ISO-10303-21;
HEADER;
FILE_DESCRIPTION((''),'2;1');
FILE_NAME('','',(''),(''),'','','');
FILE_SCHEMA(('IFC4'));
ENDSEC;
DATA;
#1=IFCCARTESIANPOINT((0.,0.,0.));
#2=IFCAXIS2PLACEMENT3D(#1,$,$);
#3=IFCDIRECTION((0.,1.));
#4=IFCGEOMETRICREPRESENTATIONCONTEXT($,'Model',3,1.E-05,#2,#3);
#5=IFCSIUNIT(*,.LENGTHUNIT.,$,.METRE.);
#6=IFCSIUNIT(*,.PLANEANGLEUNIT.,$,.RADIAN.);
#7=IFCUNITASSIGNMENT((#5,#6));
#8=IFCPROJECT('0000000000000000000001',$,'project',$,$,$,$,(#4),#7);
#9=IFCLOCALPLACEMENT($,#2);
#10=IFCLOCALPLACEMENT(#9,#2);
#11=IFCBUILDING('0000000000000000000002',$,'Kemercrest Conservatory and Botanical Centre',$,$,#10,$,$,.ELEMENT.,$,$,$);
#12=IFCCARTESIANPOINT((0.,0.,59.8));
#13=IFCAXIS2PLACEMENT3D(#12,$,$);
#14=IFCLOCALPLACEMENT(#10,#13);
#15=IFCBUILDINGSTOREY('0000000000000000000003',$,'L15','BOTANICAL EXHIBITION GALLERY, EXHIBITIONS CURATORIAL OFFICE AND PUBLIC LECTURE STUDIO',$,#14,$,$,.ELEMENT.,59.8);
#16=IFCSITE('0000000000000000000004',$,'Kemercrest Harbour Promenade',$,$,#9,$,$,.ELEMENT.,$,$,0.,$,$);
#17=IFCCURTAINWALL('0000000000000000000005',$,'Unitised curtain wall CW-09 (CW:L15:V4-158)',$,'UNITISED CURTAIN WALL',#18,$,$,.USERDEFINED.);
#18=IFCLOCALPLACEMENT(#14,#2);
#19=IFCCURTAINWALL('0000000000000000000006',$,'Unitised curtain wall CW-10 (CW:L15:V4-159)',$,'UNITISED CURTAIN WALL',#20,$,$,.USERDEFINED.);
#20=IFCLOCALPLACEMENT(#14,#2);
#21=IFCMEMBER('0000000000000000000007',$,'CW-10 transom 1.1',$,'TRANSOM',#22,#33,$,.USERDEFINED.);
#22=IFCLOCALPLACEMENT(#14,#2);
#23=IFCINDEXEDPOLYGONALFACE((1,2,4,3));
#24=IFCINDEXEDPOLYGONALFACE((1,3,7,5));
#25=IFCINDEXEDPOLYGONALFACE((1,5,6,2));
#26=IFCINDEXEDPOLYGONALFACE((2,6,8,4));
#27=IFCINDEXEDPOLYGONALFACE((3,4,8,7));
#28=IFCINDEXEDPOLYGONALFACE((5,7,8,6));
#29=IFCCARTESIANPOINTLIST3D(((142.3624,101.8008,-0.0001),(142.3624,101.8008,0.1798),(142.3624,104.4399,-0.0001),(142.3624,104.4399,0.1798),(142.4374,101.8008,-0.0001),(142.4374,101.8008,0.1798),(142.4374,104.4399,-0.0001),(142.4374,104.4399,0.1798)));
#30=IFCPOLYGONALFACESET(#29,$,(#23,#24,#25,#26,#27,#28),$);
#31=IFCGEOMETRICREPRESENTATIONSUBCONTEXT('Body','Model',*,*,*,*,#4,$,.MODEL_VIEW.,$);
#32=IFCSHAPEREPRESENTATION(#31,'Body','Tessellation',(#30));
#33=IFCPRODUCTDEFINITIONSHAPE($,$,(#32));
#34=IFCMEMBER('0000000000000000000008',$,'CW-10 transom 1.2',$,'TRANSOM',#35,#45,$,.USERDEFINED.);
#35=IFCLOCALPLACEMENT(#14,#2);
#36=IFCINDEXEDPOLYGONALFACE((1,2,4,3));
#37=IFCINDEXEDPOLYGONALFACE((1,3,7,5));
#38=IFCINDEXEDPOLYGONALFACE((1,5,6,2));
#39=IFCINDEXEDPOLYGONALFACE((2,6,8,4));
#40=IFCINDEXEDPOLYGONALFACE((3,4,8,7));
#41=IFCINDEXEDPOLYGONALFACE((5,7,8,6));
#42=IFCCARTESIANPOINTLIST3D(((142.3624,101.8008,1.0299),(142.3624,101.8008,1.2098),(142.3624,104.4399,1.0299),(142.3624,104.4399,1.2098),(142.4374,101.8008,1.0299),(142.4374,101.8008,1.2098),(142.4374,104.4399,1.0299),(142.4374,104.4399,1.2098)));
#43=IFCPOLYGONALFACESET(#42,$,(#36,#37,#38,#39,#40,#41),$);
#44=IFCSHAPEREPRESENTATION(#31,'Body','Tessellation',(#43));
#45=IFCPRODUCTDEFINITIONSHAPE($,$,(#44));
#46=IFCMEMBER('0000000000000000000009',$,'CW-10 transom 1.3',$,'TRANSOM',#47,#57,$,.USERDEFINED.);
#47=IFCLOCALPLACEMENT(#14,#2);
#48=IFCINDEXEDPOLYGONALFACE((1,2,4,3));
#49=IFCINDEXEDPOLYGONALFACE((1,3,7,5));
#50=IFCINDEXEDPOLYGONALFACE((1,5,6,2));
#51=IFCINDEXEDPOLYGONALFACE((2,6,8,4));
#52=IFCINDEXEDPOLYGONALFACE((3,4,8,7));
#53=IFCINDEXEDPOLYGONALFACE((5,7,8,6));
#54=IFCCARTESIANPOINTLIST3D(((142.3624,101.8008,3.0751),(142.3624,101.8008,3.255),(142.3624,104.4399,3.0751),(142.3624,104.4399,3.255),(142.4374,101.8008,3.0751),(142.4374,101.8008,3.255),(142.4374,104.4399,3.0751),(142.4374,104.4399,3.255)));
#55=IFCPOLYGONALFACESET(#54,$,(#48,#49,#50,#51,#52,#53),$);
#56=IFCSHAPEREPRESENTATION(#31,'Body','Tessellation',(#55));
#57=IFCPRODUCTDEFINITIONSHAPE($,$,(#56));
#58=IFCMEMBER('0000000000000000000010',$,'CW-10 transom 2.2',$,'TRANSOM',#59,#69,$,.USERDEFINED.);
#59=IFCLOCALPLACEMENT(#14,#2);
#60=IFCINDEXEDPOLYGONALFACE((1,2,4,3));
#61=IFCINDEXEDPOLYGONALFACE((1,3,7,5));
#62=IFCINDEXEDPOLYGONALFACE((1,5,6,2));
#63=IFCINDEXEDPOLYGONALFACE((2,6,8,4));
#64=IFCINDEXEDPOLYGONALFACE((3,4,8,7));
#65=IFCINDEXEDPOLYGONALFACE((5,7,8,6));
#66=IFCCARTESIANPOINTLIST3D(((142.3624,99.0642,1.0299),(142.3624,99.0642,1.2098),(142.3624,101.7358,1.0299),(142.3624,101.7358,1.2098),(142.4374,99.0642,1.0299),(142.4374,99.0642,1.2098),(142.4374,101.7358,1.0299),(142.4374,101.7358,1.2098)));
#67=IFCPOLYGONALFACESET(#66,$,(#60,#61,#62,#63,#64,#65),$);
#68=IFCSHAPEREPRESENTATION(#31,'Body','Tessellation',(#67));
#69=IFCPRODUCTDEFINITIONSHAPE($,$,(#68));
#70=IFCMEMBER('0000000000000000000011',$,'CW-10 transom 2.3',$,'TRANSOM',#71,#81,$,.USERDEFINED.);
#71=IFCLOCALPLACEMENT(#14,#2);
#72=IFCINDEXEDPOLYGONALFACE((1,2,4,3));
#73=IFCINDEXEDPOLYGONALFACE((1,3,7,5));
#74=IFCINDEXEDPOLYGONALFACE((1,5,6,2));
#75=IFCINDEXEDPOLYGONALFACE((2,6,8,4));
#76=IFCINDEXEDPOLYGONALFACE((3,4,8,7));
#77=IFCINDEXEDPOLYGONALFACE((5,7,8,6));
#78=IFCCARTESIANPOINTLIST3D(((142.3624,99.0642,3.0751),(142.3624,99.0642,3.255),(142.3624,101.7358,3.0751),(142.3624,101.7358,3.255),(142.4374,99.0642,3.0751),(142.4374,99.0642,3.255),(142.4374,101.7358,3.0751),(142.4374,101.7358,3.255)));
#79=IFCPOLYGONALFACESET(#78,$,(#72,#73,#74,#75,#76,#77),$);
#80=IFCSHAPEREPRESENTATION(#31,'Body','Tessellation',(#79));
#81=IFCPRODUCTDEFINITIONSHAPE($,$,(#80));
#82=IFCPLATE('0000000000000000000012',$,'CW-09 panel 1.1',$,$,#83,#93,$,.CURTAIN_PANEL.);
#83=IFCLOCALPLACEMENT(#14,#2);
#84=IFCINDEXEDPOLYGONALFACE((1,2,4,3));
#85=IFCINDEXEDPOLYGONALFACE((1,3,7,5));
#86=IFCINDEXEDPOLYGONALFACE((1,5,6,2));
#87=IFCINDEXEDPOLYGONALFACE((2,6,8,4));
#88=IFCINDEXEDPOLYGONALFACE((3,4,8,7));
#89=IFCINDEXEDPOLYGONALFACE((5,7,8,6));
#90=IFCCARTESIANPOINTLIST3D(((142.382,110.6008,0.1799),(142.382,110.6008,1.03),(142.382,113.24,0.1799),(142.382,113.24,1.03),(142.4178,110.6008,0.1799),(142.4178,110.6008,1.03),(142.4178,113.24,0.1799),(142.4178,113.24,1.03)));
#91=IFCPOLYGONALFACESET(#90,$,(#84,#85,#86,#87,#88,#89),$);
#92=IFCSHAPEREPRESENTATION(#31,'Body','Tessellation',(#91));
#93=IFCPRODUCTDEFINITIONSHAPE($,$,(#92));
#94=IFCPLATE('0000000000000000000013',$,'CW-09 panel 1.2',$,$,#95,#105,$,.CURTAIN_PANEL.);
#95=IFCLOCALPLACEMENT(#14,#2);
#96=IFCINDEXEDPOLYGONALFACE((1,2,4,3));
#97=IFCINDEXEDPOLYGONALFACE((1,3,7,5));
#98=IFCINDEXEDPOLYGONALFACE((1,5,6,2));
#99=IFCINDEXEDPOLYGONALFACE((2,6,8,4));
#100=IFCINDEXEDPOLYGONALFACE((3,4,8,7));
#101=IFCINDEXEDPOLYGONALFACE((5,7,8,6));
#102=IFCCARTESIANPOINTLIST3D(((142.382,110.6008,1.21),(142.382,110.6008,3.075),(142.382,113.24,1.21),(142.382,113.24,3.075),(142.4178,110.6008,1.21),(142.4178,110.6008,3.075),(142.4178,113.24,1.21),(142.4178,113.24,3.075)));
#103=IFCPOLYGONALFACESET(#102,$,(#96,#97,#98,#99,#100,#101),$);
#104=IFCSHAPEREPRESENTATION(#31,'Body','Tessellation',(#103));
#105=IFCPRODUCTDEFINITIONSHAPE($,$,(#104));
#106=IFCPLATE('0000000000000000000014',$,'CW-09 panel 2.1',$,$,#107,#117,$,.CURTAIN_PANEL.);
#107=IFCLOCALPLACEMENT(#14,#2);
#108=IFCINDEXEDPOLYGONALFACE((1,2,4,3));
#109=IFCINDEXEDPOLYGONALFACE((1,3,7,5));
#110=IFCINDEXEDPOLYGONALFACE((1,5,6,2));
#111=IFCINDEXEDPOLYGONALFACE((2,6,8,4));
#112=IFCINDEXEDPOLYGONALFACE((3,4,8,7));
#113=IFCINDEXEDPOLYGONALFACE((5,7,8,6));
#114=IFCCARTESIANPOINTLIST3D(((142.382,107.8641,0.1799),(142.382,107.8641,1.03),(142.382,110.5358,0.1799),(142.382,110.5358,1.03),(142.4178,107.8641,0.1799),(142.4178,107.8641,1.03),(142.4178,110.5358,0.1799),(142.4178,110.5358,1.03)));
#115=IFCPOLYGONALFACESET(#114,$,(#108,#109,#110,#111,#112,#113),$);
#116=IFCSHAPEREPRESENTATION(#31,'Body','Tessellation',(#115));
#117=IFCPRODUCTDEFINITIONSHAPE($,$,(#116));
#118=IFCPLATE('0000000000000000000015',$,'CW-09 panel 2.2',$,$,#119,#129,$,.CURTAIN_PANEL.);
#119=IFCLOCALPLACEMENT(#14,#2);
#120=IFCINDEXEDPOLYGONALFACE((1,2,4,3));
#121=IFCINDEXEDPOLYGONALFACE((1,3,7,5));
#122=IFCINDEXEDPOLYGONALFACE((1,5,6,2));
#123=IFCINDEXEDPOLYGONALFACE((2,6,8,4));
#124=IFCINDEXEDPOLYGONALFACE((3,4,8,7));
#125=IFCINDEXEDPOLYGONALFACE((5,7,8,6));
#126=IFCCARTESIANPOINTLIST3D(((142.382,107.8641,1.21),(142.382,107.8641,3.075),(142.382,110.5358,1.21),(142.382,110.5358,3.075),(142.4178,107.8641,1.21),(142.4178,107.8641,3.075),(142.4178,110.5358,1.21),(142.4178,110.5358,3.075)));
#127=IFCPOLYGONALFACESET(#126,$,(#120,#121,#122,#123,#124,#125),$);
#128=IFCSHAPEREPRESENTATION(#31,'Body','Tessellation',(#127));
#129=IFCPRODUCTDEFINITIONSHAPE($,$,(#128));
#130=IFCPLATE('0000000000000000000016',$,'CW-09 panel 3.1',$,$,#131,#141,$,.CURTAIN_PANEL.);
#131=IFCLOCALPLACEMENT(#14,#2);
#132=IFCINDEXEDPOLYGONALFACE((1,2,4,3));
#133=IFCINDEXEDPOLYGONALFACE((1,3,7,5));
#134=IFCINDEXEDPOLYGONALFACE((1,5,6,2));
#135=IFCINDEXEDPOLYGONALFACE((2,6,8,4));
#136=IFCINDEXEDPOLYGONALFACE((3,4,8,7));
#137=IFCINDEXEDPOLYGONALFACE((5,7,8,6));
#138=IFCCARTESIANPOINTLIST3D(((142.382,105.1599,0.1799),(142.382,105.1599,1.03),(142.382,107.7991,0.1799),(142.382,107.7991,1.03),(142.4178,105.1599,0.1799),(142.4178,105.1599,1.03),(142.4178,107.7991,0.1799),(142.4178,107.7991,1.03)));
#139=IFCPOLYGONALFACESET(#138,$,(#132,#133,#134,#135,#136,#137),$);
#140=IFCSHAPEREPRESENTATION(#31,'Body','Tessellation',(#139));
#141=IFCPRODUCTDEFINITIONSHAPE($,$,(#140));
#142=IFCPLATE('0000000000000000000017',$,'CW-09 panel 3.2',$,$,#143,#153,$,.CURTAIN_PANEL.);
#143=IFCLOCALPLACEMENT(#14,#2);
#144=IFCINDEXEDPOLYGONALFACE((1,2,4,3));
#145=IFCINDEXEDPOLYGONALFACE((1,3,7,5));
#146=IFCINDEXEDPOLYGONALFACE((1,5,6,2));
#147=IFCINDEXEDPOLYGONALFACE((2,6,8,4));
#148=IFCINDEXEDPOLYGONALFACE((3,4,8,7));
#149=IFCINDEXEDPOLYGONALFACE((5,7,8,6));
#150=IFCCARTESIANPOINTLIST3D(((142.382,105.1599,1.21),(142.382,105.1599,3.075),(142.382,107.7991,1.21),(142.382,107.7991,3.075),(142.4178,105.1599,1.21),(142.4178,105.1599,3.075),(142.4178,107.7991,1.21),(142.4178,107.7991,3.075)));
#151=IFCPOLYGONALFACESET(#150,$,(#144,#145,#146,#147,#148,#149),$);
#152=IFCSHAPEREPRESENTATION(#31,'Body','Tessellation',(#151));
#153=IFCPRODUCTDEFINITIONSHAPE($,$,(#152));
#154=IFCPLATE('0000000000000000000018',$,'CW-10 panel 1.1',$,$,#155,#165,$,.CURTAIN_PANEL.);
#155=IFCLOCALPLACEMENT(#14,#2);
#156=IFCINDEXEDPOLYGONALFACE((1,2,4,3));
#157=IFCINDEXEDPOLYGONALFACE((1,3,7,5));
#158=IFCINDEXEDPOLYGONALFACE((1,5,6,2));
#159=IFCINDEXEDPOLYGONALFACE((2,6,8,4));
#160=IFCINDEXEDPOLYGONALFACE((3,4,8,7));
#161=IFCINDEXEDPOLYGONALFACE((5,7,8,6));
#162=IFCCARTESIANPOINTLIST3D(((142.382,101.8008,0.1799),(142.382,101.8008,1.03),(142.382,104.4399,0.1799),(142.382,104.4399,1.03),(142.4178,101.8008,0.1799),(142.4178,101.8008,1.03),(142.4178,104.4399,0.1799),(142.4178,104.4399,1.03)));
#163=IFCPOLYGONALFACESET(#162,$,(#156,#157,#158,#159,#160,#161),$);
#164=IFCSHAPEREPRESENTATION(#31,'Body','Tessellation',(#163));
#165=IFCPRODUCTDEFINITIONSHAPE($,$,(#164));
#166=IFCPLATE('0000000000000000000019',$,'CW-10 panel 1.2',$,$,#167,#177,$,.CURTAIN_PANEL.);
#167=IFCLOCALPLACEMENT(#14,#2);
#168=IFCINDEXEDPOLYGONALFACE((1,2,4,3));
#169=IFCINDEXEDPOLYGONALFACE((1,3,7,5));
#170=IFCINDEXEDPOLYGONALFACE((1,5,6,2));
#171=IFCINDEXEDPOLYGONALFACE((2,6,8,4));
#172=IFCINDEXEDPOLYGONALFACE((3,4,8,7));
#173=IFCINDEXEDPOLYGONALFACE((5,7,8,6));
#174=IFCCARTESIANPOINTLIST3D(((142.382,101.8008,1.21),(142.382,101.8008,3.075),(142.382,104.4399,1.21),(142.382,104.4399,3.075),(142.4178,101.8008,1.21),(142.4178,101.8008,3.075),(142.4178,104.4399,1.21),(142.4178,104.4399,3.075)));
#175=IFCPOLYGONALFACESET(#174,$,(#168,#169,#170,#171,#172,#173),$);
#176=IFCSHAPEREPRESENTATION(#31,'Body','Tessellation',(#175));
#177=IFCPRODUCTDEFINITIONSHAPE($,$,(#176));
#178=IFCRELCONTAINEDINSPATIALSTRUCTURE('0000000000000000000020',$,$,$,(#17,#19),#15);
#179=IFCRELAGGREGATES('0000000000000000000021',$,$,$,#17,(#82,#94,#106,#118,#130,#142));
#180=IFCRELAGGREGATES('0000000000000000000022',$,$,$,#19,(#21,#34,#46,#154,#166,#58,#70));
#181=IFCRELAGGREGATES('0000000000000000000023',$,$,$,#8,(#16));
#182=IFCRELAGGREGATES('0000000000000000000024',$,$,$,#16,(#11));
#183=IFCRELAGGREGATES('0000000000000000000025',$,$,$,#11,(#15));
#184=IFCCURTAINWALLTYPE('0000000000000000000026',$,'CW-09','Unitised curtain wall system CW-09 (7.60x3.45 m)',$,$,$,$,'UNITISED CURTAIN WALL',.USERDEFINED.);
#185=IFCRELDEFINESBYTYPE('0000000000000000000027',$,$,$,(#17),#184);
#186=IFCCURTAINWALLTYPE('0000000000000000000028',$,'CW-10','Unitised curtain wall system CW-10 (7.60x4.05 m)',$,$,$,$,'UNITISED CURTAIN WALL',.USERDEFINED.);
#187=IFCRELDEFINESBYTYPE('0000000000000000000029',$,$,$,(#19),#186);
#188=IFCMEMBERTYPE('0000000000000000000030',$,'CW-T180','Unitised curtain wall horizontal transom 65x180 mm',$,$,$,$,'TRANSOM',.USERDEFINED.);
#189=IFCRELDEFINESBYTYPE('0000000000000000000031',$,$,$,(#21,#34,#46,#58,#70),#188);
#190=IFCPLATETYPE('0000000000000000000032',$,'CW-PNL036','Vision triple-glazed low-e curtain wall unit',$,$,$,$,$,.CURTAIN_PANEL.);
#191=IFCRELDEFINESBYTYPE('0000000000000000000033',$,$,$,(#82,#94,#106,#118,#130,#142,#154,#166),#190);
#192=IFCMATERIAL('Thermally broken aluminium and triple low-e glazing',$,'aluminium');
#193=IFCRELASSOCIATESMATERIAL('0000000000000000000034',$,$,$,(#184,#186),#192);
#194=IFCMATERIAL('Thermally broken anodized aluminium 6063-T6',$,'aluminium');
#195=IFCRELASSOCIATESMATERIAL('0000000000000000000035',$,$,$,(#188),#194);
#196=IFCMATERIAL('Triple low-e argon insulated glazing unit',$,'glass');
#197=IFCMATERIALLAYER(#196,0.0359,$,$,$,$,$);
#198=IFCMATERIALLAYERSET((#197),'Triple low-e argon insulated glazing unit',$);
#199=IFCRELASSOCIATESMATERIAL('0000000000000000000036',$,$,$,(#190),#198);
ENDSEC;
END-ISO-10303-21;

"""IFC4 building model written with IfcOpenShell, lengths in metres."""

from ifc_helpers import new_model, si_unit, direction, frame, origin, origin_2d, place, context, subcontext, project, spatial, rectangle, extrude, material, layer, layer_set, material_profile, profile_set, type_object, element, aggregate, save


model = new_model("IFC4")

# Units and contexts
model_context = context("Model", 3, precision=1e-05, world=origin(), true_north=direction((0.0, 1.0)))
body_context = subcontext(model_context, "Body", "Model", "MODEL_VIEW")
ifc_project = project(units=[si_unit("LENGTHUNIT", "METRE"), si_unit("PLANEANGLEUNIT", "RADIAN")], contexts=[model_context])

# Site, building, storey
site_placement = place(None, origin())
site = spatial("IfcSite", under=ifc_project, at=site_placement, Name="Kemercrest Harbour Promenade", CompositionType="ELEMENT", RefElevation=0.0)
building_placement = place(site_placement, origin())
building = spatial("IfcBuilding", under=site, at=building_placement, Name="Kemercrest Conservatory and Botanical Centre", CompositionType="ELEMENT")
storey_placement = place(building_placement, frame((0.0, 0.0, 59.8)))
storey = spatial("IfcBuildingStorey", under=building, at=storey_placement, Name="L15", Description="BOTANICAL EXHIBITION GALLERY, EXHIBITIONS CURATORIAL OFFICE AND PUBLIC LECTURE STUDIO", CompositionType="ELEMENT", Elevation=59.8)

# Curtain walls
ifc_material_1 = material(Name="Thermally broken aluminium and triple low-e glazing", Category="aluminium")
curtain_wall_type_1 = type_object("IfcCurtainWallType", Name="CW-09", Description="Unitised curtain wall system CW-09 (7.60x3.45 m)", ElementType="UNITISED CURTAIN WALL", PredefinedType="USERDEFINED", material=ifc_material_1)
curtain_wall_1_placement = place(storey_placement, origin())
curtain_wall_1 = element("IfcCurtainWall", 1, at=curtain_wall_1_placement, inside=storey, type_object=curtain_wall_type_1, Name="Unitised curtain wall CW-09 (CW:L15:V4-158)", ObjectType="UNITISED CURTAIN WALL", PredefinedType="USERDEFINED")
ifc_material_2 = material(Name="Thermally broken anodized aluminium 6063-T6", Category="aluminium")
curtain_wall_type_2 = type_object("IfcCurtainWallType", Name="CW-10", Description="Unitised curtain wall system CW-10 (7.60x4.05 m)", ElementType="UNITISED CURTAIN WALL", PredefinedType="USERDEFINED", material=ifc_material_1)
curtain_wall_2_placement = place(storey_placement, origin())
curtain_wall_2 = element("IfcCurtainWall", 2, at=curtain_wall_2_placement, inside=storey, type_object=curtain_wall_type_2, Name="Unitised curtain wall CW-10 (CW:L15:V4-159)", ObjectType="UNITISED CURTAIN WALL", PredefinedType="USERDEFINED")

# Members
ifc_material_profile_1 = material_profile(ifc_material_2, rectangle(XDim=0.075, YDim=0.1799, at=origin_2d()), Name="AL TRANSOM 75x180")
ifc_profile_set_1 = profile_set([ifc_material_profile_1], Name="Thermally broken anodized aluminium 6063-T6")
member_type_1 = type_object("IfcMemberType", Name="CW-T180", Description="Unitised curtain wall horizontal transom 65x180 mm", ElementType="TRANSOM", PredefinedType="USERDEFINED", material=ifc_profile_set_1)
member_1_placement = place(storey_placement, frame((142.3999, 104.4399, 0.0898), z_axis=(0.0, -1.0, 0.0), x_axis=(1.0, 0.0, 0.0)))
member_1 = element("IfcMember", 3, at=member_1_placement, type_object=member_type_1, Name="CW-10 transom 1.1", ObjectType="TRANSOM", PredefinedType="USERDEFINED", context=body_context, shape_type="SweptSolid", body=[
    extrude(rectangle(XDim=0.075, YDim=0.1799, at=origin_2d()), origin(), (0.0, 0.0, 1.0), 2.6392),
])
member_2_placement = place(storey_placement, frame((142.3999, 104.4399, 1.1199), z_axis=(0.0, -1.0, 0.0), x_axis=(1.0, 0.0, 0.0)))
member_2 = element("IfcMember", 4, at=member_2_placement, type_object=member_type_1, Name="CW-10 transom 1.2", ObjectType="TRANSOM", PredefinedType="USERDEFINED", context=body_context, shape_type="SweptSolid", body=[
    extrude(rectangle(XDim=0.075, YDim=0.1799, at=origin_2d()), origin(), (0.0, 0.0, 1.0), 2.6392),
])
member_3_placement = place(storey_placement, frame((142.3999, 104.4399, 3.165), z_axis=(0.0, -1.0, 0.0), x_axis=(1.0, 0.0, 0.0)))
member_3 = element("IfcMember", 5, at=member_3_placement, type_object=member_type_1, Name="CW-10 transom 1.3", ObjectType="TRANSOM", PredefinedType="USERDEFINED", context=body_context, shape_type="SweptSolid", body=[
    extrude(rectangle(XDim=0.075, YDim=0.1799, at=origin_2d()), origin(), (0.0, 0.0, 1.0), 2.6392),
])
member_4_placement = place(storey_placement, frame((142.3999, 101.7358, 1.1199), z_axis=(0.0, -1.0, 0.0), x_axis=(1.0, 0.0, 0.0)))
member_4 = element("IfcMember", 6, at=member_4_placement, type_object=member_type_1, Name="CW-10 transom 2.2", ObjectType="TRANSOM", PredefinedType="USERDEFINED", context=body_context, shape_type="SweptSolid", body=[
    extrude(rectangle(XDim=0.075, YDim=0.1799, at=origin_2d()), origin(), (0.0, 0.0, 1.0), 2.6716),
])
member_5_placement = place(storey_placement, frame((142.3999, 101.7358, 3.165), z_axis=(0.0, -1.0, 0.0), x_axis=(1.0, 0.0, 0.0)))
member_5 = element("IfcMember", 7, at=member_5_placement, type_object=member_type_1, Name="CW-10 transom 2.3", ObjectType="TRANSOM", PredefinedType="USERDEFINED", context=body_context, shape_type="SweptSolid", body=[
    extrude(rectangle(XDim=0.075, YDim=0.1799, at=origin_2d()), origin(), (0.0, 0.0, 1.0), 2.6716),
])

# Plates
ifc_material_3 = material(Name="Triple low-e argon insulated glazing unit", Category="glass")
ifc_layer_1 = layer(ifc_material_3, 0.0359)
ifc_layer_set_1 = layer_set([ifc_layer_1], Name="Triple low-e argon insulated glazing unit")
plate_type = type_object("IfcPlateType", Name="CW-PNL036", Description="Vision triple-glazed low-e curtain wall unit", PredefinedType="CURTAIN_PANEL", material=ifc_layer_set_1)
plate_1_placement = place(storey_placement, frame((142.3999, 111.9204, 0.1799), z_axis=(0.0, 0.0, 1.0), x_axis=(0.0, -1.0, 0.0)))
plate_1 = element("IfcPlate", 8, at=plate_1_placement, type_object=plate_type, Name="CW-09 panel 1.1", PredefinedType="CURTAIN_PANEL", context=body_context, shape_type="SweptSolid", body=[
    extrude(rectangle(XDim=2.6392, YDim=0.0359, at=origin_2d()), origin(), (0.0, 0.0, 1.0), 0.8501),
])
plate_2_placement = place(storey_placement, frame((142.3999, 111.9204, 1.21), z_axis=(0.0, 0.0, 1.0), x_axis=(0.0, -1.0, 0.0)))
plate_2 = element("IfcPlate", 9, at=plate_2_placement, type_object=plate_type, Name="CW-09 panel 1.2", PredefinedType="CURTAIN_PANEL", context=body_context, shape_type="SweptSolid", body=[
    extrude(rectangle(XDim=2.6392, YDim=0.0359, at=origin_2d()), origin(), (0.0, 0.0, 1.0), 1.865),
])
plate_3_placement = place(storey_placement, frame((142.3999, 109.2, 0.1799), z_axis=(0.0, 0.0, 1.0), x_axis=(0.0, -1.0, 0.0)))
plate_3 = element("IfcPlate", 10, at=plate_3_placement, type_object=plate_type, Name="CW-09 panel 2.1", PredefinedType="CURTAIN_PANEL", context=body_context, shape_type="SweptSolid", body=[
    extrude(rectangle(XDim=2.6716, YDim=0.0359, at=origin_2d()), origin(), (0.0, 0.0, 1.0), 0.8501),
])
plate_4_placement = place(storey_placement, frame((142.3999, 109.2, 1.21), z_axis=(0.0, 0.0, 1.0), x_axis=(0.0, -1.0, 0.0)))
plate_4 = element("IfcPlate", 11, at=plate_4_placement, type_object=plate_type, Name="CW-09 panel 2.2", PredefinedType="CURTAIN_PANEL", context=body_context, shape_type="SweptSolid", body=[
    extrude(rectangle(XDim=2.6716, YDim=0.0359, at=origin_2d()), origin(), (0.0, 0.0, 1.0), 1.865),
])
plate_5_placement = place(storey_placement, frame((142.3999, 106.4795, 0.1799), z_axis=(0.0, 0.0, 1.0), x_axis=(0.0, -1.0, 0.0)))
plate_5 = element("IfcPlate", 12, at=plate_5_placement, type_object=plate_type, Name="CW-09 panel 3.1", PredefinedType="CURTAIN_PANEL", context=body_context, shape_type="SweptSolid", body=[
    extrude(rectangle(XDim=2.6392, YDim=0.0359, at=origin_2d()), origin(), (0.0, 0.0, 1.0), 0.8501),
])
plate_6_placement = place(storey_placement, frame((142.3999, 106.4795, 1.21), z_axis=(0.0, 0.0, 1.0), x_axis=(0.0, -1.0, 0.0)))
plate_6 = element("IfcPlate", 13, at=plate_6_placement, type_object=plate_type, Name="CW-09 panel 3.2", PredefinedType="CURTAIN_PANEL", context=body_context, shape_type="SweptSolid", body=[
    extrude(rectangle(XDim=2.6392, YDim=0.0359, at=origin_2d()), origin(), (0.0, 0.0, 1.0), 1.865),
])
aggregate(curtain_wall_1, [plate_1, plate_2, plate_3, plate_4, plate_5, plate_6])
plate_7_placement = place(storey_placement, frame((142.3999, 103.1204, 0.1799), z_axis=(0.0, 0.0, 1.0), x_axis=(0.0, -1.0, 0.0)))
plate_7 = element("IfcPlate", 14, at=plate_7_placement, type_object=plate_type, Name="CW-10 panel 1.1", PredefinedType="CURTAIN_PANEL", context=body_context, shape_type="SweptSolid", body=[
    extrude(rectangle(XDim=2.6392, YDim=0.0359, at=origin_2d()), origin(), (0.0, 0.0, 1.0), 0.8501),
])
plate_8_placement = place(storey_placement, frame((142.3999, 103.1204, 1.21), z_axis=(0.0, 0.0, 1.0), x_axis=(0.0, -1.0, 0.0)))
plate_8 = element("IfcPlate", 15, at=plate_8_placement, type_object=plate_type, Name="CW-10 panel 1.2", PredefinedType="CURTAIN_PANEL", context=body_context, shape_type="SweptSolid", body=[
    extrude(rectangle(XDim=2.6392, YDim=0.0359, at=origin_2d()), origin(), (0.0, 0.0, 1.0), 1.865),
])
aggregate(curtain_wall_2, [member_1, member_2, member_3, plate_7, plate_8, member_4, member_5])

save(model, "model.ifc")
